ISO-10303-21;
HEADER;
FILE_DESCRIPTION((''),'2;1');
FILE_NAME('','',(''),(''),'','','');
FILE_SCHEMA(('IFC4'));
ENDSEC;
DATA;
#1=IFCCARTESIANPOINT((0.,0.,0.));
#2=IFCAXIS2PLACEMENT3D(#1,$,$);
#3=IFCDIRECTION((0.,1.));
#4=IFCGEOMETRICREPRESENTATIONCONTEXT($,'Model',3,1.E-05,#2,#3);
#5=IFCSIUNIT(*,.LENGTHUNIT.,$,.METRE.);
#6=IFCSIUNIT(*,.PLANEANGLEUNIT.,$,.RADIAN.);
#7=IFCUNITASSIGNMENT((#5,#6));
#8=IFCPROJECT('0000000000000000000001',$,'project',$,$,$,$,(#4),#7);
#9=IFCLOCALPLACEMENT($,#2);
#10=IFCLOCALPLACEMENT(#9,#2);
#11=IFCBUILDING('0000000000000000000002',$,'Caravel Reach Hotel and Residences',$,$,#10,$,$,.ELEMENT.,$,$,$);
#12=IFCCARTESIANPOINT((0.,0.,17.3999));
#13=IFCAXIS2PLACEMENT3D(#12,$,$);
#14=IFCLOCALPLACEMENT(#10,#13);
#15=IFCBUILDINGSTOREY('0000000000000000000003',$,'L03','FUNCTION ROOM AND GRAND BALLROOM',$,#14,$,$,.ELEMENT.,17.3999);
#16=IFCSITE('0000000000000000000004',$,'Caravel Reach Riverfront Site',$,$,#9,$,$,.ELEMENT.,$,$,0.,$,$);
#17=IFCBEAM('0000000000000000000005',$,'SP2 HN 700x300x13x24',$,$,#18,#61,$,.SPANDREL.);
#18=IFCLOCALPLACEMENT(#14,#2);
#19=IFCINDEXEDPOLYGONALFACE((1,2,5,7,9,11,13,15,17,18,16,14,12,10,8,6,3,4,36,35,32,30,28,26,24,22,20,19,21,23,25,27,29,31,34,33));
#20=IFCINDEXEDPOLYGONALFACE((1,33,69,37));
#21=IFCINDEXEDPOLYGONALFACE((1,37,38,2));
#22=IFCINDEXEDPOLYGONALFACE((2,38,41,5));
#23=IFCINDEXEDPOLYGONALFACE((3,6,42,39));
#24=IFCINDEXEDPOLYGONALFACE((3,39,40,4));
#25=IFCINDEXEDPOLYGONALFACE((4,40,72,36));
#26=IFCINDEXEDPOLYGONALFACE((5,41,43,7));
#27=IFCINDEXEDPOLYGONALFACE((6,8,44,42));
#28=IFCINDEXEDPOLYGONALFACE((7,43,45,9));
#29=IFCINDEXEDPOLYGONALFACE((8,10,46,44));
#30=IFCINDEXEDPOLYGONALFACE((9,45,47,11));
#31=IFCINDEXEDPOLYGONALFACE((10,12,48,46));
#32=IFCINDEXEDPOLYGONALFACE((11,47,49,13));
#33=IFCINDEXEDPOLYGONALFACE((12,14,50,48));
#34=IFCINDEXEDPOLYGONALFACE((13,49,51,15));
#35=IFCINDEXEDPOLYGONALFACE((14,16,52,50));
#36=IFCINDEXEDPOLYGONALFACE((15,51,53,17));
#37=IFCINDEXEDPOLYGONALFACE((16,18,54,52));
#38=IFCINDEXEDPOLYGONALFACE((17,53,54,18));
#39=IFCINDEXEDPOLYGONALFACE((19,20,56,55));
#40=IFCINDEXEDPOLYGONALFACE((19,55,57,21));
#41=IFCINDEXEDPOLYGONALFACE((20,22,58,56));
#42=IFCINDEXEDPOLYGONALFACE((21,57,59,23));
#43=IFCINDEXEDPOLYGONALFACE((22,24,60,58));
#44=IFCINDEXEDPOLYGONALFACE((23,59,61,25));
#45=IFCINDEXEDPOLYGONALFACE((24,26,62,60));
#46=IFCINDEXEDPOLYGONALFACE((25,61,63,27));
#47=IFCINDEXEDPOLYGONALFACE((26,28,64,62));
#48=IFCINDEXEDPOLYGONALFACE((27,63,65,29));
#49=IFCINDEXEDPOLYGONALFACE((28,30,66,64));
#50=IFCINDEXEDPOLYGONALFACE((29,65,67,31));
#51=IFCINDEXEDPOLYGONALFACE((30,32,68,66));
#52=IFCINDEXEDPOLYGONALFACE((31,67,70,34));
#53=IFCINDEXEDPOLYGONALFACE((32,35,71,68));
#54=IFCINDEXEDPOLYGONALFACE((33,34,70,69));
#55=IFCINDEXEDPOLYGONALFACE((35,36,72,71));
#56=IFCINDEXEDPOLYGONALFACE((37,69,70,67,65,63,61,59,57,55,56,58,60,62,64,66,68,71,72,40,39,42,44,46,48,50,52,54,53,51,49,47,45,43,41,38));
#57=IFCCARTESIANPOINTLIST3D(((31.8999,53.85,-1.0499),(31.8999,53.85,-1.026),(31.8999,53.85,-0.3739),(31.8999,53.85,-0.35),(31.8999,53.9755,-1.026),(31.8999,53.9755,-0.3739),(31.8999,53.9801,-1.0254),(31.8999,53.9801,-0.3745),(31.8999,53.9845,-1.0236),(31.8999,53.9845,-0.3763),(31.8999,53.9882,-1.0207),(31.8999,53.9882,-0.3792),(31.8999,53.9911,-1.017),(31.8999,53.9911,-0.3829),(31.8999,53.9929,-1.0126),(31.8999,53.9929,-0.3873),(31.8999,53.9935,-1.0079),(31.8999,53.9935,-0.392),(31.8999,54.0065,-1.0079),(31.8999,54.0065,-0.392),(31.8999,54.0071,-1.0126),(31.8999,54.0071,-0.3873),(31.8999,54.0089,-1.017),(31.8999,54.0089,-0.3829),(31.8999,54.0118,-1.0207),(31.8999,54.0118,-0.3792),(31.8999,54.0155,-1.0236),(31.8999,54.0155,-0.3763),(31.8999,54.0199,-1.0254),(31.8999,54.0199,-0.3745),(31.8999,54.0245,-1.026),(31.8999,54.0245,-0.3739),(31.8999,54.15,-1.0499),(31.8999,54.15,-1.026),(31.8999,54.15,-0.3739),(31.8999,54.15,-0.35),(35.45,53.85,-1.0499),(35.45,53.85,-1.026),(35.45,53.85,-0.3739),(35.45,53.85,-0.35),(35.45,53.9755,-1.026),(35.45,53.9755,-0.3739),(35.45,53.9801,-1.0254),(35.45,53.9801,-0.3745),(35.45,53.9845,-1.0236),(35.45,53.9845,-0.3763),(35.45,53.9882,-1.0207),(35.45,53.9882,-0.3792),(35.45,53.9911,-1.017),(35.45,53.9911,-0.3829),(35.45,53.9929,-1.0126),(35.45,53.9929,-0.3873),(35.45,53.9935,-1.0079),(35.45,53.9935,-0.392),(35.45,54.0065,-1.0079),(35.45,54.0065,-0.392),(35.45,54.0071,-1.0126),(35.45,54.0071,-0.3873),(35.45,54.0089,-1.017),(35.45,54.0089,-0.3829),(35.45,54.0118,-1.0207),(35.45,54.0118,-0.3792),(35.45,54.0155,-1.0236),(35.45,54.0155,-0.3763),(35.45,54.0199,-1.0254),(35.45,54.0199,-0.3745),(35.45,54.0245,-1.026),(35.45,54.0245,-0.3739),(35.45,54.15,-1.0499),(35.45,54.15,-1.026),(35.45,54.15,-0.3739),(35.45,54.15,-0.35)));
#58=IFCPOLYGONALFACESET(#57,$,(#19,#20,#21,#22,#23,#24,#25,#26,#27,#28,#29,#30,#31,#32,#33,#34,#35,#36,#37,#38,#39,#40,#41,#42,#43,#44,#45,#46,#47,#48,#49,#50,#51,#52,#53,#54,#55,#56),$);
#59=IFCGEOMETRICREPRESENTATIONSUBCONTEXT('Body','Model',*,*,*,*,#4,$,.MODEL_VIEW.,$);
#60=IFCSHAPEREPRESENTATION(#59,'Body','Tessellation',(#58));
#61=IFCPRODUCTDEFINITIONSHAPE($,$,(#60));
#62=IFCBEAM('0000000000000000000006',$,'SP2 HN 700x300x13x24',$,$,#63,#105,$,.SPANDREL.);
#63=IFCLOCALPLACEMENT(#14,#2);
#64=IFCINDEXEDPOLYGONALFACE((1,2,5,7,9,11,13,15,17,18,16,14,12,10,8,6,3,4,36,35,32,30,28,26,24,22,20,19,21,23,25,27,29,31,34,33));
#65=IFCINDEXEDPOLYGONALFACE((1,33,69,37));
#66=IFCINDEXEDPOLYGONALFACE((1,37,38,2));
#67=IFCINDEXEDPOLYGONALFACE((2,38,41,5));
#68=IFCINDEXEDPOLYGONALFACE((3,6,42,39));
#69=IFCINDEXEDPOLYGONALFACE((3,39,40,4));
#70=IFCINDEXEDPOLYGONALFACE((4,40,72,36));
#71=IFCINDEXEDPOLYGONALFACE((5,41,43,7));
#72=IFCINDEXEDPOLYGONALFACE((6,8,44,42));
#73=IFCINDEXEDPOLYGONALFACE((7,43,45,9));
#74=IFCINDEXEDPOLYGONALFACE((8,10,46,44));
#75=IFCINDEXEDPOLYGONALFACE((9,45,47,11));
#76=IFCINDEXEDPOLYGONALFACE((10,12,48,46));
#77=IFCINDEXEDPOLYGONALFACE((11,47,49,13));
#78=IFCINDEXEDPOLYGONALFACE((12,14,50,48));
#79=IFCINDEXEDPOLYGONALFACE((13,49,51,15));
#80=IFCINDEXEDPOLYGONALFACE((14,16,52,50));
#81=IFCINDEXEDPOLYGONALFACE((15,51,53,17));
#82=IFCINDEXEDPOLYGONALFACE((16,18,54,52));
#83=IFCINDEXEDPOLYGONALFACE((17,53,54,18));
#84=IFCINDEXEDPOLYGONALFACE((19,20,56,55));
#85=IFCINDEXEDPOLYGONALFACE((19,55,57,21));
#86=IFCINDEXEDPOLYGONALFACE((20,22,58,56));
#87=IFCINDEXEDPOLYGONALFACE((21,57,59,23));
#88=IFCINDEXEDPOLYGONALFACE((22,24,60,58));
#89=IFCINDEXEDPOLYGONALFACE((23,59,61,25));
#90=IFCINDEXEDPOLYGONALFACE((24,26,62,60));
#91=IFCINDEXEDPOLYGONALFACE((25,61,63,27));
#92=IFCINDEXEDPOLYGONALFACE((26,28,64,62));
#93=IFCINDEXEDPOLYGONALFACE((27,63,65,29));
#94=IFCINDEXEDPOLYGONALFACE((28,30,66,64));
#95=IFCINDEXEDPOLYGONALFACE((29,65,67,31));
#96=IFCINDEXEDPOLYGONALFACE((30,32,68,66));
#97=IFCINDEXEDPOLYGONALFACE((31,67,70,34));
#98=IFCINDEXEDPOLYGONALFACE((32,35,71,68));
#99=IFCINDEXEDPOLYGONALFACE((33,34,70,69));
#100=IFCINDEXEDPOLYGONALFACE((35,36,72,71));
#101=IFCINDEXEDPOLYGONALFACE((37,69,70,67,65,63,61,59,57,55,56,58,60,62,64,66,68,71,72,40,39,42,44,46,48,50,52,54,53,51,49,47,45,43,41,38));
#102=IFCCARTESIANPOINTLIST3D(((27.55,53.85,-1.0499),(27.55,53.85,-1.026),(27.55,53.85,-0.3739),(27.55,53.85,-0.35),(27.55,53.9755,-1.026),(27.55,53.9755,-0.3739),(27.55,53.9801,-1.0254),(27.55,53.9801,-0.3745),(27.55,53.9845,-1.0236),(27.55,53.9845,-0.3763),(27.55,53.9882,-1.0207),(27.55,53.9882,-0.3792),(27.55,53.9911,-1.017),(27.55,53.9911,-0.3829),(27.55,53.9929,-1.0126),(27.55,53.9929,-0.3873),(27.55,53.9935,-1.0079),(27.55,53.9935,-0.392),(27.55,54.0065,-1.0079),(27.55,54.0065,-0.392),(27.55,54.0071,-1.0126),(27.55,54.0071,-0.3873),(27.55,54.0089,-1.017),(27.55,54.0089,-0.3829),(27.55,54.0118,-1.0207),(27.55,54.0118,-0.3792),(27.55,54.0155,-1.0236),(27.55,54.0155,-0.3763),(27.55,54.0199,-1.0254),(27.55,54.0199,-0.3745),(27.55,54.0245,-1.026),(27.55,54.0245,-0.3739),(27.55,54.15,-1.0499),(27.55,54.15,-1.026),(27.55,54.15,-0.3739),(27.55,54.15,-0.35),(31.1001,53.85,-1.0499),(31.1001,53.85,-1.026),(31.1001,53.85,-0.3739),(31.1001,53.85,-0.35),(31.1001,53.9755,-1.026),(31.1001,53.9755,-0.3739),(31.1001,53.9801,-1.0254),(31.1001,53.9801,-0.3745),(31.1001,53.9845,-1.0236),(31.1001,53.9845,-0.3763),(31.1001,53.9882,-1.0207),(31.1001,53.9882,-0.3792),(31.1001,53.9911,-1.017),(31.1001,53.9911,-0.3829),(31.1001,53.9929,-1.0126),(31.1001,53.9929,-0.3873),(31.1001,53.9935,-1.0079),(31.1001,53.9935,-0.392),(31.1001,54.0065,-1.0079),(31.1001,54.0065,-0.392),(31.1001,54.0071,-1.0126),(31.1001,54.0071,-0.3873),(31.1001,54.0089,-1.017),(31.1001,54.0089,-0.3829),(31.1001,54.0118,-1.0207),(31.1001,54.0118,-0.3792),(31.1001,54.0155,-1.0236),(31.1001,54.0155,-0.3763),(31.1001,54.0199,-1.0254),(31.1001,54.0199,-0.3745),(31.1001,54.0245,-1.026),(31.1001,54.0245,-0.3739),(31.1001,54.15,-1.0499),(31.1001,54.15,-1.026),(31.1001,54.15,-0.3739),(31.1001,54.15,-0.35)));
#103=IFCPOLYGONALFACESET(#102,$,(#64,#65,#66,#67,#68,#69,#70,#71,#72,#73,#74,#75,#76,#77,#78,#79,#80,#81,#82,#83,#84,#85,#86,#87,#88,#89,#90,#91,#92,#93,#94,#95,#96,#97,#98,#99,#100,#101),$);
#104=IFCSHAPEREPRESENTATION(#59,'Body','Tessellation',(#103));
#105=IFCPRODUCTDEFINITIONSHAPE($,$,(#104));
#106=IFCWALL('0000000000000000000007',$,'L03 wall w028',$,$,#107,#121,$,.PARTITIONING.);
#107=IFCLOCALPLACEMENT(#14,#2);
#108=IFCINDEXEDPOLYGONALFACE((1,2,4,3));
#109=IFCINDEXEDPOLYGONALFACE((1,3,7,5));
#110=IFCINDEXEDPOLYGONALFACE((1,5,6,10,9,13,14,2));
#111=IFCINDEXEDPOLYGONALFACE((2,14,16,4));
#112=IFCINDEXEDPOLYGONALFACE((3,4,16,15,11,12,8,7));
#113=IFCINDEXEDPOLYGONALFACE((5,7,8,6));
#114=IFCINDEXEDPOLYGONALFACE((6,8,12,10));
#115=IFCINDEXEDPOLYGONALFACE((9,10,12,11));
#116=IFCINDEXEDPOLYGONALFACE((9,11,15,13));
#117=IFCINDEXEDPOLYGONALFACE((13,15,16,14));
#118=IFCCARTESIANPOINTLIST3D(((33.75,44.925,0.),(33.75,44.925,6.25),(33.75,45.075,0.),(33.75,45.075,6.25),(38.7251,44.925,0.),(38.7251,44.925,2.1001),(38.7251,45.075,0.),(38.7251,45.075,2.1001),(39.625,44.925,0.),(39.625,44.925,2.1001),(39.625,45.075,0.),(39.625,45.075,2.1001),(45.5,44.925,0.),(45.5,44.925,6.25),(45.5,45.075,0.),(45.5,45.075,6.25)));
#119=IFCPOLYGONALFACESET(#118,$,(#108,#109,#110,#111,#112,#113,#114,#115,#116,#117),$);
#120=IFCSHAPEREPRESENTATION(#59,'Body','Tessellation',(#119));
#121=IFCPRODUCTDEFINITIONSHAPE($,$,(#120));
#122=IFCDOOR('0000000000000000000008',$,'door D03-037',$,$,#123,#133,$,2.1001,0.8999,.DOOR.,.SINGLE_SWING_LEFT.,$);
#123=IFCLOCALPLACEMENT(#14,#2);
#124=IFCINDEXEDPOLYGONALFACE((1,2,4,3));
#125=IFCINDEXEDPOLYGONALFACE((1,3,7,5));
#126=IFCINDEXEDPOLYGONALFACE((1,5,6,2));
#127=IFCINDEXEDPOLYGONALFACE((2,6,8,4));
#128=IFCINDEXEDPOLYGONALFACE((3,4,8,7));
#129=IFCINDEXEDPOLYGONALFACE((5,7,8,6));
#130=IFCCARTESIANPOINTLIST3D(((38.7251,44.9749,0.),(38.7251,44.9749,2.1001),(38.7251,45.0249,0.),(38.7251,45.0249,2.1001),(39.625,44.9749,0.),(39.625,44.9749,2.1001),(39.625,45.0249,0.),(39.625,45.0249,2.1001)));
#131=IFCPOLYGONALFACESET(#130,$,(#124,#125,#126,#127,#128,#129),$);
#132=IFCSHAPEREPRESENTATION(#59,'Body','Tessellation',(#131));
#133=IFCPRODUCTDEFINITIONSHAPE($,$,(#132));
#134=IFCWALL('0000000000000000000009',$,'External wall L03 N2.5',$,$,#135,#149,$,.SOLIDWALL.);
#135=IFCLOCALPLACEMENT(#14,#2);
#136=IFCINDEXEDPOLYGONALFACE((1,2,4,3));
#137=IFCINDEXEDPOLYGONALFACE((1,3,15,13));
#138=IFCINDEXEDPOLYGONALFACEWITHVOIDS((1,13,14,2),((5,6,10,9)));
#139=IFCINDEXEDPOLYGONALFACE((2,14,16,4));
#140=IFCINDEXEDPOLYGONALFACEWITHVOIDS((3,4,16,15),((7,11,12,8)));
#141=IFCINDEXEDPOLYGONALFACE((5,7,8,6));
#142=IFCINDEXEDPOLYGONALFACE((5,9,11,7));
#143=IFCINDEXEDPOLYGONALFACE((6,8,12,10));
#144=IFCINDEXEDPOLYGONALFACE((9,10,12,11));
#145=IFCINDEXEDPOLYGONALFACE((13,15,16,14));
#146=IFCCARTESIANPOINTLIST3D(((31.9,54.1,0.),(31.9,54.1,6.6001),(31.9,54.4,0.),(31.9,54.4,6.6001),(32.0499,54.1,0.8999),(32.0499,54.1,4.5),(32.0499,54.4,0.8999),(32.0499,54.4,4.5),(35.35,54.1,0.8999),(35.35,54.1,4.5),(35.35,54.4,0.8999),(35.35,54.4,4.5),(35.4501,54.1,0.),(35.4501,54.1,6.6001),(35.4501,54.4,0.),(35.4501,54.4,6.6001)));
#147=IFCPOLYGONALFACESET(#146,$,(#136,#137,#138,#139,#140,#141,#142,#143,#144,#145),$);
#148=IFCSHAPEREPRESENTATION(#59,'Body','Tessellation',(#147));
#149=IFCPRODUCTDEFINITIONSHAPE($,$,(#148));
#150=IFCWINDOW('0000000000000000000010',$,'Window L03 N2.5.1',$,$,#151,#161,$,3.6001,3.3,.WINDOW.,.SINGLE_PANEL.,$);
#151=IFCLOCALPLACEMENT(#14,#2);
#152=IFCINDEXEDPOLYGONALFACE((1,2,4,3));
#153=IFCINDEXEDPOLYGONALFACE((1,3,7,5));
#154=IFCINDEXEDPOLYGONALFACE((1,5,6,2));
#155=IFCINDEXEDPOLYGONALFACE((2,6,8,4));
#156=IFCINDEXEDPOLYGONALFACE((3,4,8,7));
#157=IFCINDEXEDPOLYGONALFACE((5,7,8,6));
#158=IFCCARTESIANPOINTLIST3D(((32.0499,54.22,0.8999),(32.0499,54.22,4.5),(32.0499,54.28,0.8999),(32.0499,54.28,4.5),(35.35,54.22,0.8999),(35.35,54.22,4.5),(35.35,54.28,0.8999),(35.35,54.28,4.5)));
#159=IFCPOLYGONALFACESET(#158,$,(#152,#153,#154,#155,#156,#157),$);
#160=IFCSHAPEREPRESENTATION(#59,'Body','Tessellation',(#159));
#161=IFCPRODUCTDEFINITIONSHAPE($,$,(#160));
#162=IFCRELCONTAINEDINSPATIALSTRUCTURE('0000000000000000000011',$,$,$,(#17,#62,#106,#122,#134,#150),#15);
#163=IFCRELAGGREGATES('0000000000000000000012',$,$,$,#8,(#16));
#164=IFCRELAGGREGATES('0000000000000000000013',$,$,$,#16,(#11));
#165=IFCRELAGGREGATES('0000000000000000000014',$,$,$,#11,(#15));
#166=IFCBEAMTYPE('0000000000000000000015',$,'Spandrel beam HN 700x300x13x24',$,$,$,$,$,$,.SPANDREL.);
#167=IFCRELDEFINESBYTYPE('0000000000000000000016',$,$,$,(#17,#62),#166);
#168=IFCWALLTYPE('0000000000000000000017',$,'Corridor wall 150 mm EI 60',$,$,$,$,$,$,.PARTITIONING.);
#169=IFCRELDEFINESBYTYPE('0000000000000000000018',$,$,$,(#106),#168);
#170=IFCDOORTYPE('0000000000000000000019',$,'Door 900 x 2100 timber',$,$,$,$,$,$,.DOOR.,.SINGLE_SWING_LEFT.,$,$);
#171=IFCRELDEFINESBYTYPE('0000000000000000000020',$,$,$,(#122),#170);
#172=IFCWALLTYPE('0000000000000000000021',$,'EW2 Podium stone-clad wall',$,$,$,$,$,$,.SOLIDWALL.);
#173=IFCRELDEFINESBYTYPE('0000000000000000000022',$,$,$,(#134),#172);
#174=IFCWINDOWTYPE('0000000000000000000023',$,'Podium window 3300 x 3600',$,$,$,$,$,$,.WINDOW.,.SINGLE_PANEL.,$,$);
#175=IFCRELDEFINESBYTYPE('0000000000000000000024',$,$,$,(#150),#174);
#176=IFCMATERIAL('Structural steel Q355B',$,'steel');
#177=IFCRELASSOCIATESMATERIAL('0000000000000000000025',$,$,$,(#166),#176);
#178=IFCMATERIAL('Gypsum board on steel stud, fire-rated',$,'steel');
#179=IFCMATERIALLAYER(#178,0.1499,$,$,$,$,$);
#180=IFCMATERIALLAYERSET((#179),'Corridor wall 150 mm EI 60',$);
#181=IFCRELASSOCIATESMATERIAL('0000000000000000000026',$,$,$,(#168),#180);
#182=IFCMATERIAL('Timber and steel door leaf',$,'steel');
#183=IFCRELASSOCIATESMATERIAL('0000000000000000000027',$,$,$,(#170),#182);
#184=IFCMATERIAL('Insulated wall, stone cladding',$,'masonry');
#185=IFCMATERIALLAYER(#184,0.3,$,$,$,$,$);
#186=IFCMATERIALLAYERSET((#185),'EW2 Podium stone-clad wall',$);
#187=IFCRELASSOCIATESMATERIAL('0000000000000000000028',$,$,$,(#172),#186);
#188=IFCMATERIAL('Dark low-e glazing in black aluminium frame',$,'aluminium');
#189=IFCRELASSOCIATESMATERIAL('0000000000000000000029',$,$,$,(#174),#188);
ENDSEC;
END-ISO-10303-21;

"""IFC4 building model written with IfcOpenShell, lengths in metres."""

from ifc_helpers import new_model, si_unit, direction, frame, frame_2d, origin, origin_2d, place, context, subcontext, project, spatial, rectangle, i_section, extrude, material, layer, layer_set, material_profile, profile_set, type_object, element, fill, save


model = new_model("IFC4")

# Units and contexts
model_context = context("Model", 3, precision=1e-05, world=origin(), true_north=direction((0.0, 1.0)))
body_context = subcontext(model_context, "Body", "Model", "MODEL_VIEW")
ifc_project = project(units=[si_unit("LENGTHUNIT", "METRE"), si_unit("PLANEANGLEUNIT", "RADIAN")], contexts=[model_context])

# Site, building, storey
site_placement = place(None, origin())
site = spatial("IfcSite", under=ifc_project, at=site_placement, Name="Caravel Reach Riverfront Site", CompositionType="ELEMENT", RefElevation=0.0)
building_placement = place(site_placement, origin())
building = spatial("IfcBuilding", under=site, at=building_placement, Name="Caravel Reach Hotel and Residences", CompositionType="ELEMENT")
storey_placement = place(building_placement, frame((0.0, 0.0, 17.3999)))
storey = spatial("IfcBuildingStorey", under=building, at=storey_placement, Name="L03", Description="FUNCTION ROOM AND GRAND BALLROOM", CompositionType="ELEMENT", Elevation=17.3999)

# Beams
ifc_material_1 = material(Name="Structural steel Q355B", Category="steel")
ifc_material_profile_1 = material_profile(ifc_material_1, i_section(OverallWidth=0.3, OverallDepth=0.7, WebThickness=0.0129, FlangeThickness=0.0239, FilletRadius=0.0181, at=origin_2d()), Name="HN 700x300x13x24")
ifc_profile_set_1 = profile_set([ifc_material_profile_1], Name="Structural steel Q355B")
beam_type = type_object("IfcBeamType", Name="Spandrel beam HN 700x300x13x24", PredefinedType="SPANDREL", material=ifc_profile_set_1)
for number, where, z_axis, x_axis, name in (
    (1, (35.45, 54.0, -0.7), (-1.0, 0.0, 0.0), (0.0, -1.0, 0.0), "SP2 HN 700x300x13x24"),
    (2, (31.1001, 54.0, -0.7), (-1.0, 0.0, 0.0), (0.0, -1.0, 0.0), "SP2 HN 700x300x13x24"),
):
    element("IfcBeam", number, at=place(storey_placement, frame(where, z_axis=z_axis, x_axis=x_axis)), inside=storey, type_object=beam_type, Name=name, PredefinedType="SPANDREL", context=body_context, shape_type="SweptSolid", body=[
        extrude(i_section(OverallWidth=0.3, OverallDepth=0.7, WebThickness=0.0129, FlangeThickness=0.0239, FilletRadius=0.0181, at=origin_2d()), origin(), (0.0, 0.0, 1.0), 3.55),
    ])

# Wall, opening, door
ifc_material_2 = material(Name="Gypsum board on steel stud, fire-rated", Category="steel")
ifc_layer_1 = layer(ifc_material_2, 0.1499)
ifc_layer_set_1 = layer_set([ifc_layer_1], Name="Corridor wall 150 mm EI 60")
wall_type_1 = type_object("IfcWallType", Name="Corridor wall 150 mm EI 60", PredefinedType="PARTITIONING", material=ifc_layer_set_1)
wall_1_placement = place(storey_placement, frame((33.75, 45.0, 0.0), z_axis=(0.0, 0.0, 1.0), x_axis=(1.0, 0.0, 0.0)))
wall_1 = element("IfcWall", 3, at=wall_1_placement, inside=storey, type_object=wall_type_1, Name="L03 wall w028", PredefinedType="PARTITIONING", context=body_context, shape_type="SweptSolid", body=[
    extrude(rectangle(XDim=11.75, YDim=0.1499, at=frame_2d((5.875, 0.0))), origin(), (0.0, 0.0, 1.0), 6.25),
])
opening_1_placement = place(wall_1_placement, frame((4.9751, 0.0, 0.0)))
opening_1 = element("IfcOpeningElement", 4, at=opening_1_placement, cuts=wall_1, PredefinedType="OPENING", context=body_context, shape_type="SweptSolid", body=[
    extrude(rectangle(XDim=0.8999, YDim=2.1001, at=frame_2d((0.45, 1.05))), frame((0.0, 0.085, 0.0), z_axis=(0.0, -1.0, 0.0), x_axis=(1.0, 0.0, 0.0)), (0.0, 0.0, 1.0), 0.1699),
])
ifc_material_3 = material(Name="Timber and steel door leaf", Category="steel")
door_type = type_object("IfcDoorType", Name="Door 900 x 2100 timber", OperationType="SINGLE_SWING_LEFT", PredefinedType="DOOR", material=ifc_material_3)
door_placement = place(opening_1_placement, origin())
door = element("IfcDoor", 5, at=door_placement, inside=storey, type_object=door_type, Name="door D03-037", OperationType="SINGLE_SWING_LEFT", OverallHeight=2.1001, OverallWidth=0.8999, PredefinedType="DOOR", context=body_context, shape_type="SweptSolid", body=[
    extrude(rectangle(XDim=0.8999, YDim=2.1001, at=frame_2d((0.45, 1.05))), frame((0.0, 0.0249, 0.0), z_axis=(0.0, -1.0, 0.0), x_axis=(1.0, 0.0, 0.0)), (0.0, 0.0, 1.0), 0.05),
])
fill(opening_1, door)

# Wall, opening, window
ifc_material_4 = material(Name="Insulated wall, stone cladding", Category="masonry")
ifc_layer_2 = layer(ifc_material_4, 0.3)
ifc_layer_set_2 = layer_set([ifc_layer_2], Name="EW2 Podium stone-clad wall")
wall_type_2 = type_object("IfcWallType", Name="EW2 Podium stone-clad wall", PredefinedType="SOLIDWALL", material=ifc_layer_set_2)
wall_2_placement = place(storey_placement, frame((35.45, 54.25, 0.0), z_axis=(0.0, 0.0, 1.0), x_axis=(-1.0, 0.0, 0.0)))
wall_2 = element("IfcWall", 6, at=wall_2_placement, inside=storey, type_object=wall_type_2, Name="External wall L03 N2.5", PredefinedType="SOLIDWALL", context=body_context, shape_type="SweptSolid", body=[
    extrude(rectangle(XDim=3.55, YDim=0.3, at=frame_2d((1.7749, 0.0))), origin(), (0.0, 0.0, 1.0), 6.6001),
])
opening_2_placement = place(wall_2_placement, frame((0.1001, 0.0, 0.8999)))
opening_2 = element("IfcOpeningElement", 7, at=opening_2_placement, cuts=wall_2, PredefinedType="OPENING", context=body_context, shape_type="SweptSolid", body=[
    extrude(rectangle(XDim=3.3, YDim=3.6001, at=frame_2d((1.6499, 1.8))), frame((0.0, 0.1599, 0.0), z_axis=(0.0, -1.0, 0.0), x_axis=(1.0, 0.0, 0.0)), (0.0, 0.0, 1.0), 0.3201),
])
ifc_material_5 = material(Name="Dark low-e glazing in black aluminium frame", Category="aluminium")
window_type = type_object("IfcWindowType", Name="Podium window 3300 x 3600", PartitioningType="SINGLE_PANEL", PredefinedType="WINDOW", material=ifc_material_5)
window_1_placement = place(opening_2_placement, origin())
window_1 = element("IfcWindow", 8, at=window_1_placement, inside=storey, type_object=window_type, Name="Window L03 N2.5.1", OverallHeight=3.6001, OverallWidth=3.3, PartitioningType="SINGLE_PANEL", PredefinedType="WINDOW", context=body_context, shape_type="SweptSolid", body=[
    extrude(rectangle(XDim=3.3, YDim=3.6001, at=frame_2d((1.6499, 1.8))), frame((0.0, 0.03, 0.0), z_axis=(0.0, -1.0, 0.0), x_axis=(1.0, 0.0, 0.0)), (0.0, 0.0, 1.0), 0.0601),
])
fill(opening_2, window_1)

save(model, "model.ifc")
